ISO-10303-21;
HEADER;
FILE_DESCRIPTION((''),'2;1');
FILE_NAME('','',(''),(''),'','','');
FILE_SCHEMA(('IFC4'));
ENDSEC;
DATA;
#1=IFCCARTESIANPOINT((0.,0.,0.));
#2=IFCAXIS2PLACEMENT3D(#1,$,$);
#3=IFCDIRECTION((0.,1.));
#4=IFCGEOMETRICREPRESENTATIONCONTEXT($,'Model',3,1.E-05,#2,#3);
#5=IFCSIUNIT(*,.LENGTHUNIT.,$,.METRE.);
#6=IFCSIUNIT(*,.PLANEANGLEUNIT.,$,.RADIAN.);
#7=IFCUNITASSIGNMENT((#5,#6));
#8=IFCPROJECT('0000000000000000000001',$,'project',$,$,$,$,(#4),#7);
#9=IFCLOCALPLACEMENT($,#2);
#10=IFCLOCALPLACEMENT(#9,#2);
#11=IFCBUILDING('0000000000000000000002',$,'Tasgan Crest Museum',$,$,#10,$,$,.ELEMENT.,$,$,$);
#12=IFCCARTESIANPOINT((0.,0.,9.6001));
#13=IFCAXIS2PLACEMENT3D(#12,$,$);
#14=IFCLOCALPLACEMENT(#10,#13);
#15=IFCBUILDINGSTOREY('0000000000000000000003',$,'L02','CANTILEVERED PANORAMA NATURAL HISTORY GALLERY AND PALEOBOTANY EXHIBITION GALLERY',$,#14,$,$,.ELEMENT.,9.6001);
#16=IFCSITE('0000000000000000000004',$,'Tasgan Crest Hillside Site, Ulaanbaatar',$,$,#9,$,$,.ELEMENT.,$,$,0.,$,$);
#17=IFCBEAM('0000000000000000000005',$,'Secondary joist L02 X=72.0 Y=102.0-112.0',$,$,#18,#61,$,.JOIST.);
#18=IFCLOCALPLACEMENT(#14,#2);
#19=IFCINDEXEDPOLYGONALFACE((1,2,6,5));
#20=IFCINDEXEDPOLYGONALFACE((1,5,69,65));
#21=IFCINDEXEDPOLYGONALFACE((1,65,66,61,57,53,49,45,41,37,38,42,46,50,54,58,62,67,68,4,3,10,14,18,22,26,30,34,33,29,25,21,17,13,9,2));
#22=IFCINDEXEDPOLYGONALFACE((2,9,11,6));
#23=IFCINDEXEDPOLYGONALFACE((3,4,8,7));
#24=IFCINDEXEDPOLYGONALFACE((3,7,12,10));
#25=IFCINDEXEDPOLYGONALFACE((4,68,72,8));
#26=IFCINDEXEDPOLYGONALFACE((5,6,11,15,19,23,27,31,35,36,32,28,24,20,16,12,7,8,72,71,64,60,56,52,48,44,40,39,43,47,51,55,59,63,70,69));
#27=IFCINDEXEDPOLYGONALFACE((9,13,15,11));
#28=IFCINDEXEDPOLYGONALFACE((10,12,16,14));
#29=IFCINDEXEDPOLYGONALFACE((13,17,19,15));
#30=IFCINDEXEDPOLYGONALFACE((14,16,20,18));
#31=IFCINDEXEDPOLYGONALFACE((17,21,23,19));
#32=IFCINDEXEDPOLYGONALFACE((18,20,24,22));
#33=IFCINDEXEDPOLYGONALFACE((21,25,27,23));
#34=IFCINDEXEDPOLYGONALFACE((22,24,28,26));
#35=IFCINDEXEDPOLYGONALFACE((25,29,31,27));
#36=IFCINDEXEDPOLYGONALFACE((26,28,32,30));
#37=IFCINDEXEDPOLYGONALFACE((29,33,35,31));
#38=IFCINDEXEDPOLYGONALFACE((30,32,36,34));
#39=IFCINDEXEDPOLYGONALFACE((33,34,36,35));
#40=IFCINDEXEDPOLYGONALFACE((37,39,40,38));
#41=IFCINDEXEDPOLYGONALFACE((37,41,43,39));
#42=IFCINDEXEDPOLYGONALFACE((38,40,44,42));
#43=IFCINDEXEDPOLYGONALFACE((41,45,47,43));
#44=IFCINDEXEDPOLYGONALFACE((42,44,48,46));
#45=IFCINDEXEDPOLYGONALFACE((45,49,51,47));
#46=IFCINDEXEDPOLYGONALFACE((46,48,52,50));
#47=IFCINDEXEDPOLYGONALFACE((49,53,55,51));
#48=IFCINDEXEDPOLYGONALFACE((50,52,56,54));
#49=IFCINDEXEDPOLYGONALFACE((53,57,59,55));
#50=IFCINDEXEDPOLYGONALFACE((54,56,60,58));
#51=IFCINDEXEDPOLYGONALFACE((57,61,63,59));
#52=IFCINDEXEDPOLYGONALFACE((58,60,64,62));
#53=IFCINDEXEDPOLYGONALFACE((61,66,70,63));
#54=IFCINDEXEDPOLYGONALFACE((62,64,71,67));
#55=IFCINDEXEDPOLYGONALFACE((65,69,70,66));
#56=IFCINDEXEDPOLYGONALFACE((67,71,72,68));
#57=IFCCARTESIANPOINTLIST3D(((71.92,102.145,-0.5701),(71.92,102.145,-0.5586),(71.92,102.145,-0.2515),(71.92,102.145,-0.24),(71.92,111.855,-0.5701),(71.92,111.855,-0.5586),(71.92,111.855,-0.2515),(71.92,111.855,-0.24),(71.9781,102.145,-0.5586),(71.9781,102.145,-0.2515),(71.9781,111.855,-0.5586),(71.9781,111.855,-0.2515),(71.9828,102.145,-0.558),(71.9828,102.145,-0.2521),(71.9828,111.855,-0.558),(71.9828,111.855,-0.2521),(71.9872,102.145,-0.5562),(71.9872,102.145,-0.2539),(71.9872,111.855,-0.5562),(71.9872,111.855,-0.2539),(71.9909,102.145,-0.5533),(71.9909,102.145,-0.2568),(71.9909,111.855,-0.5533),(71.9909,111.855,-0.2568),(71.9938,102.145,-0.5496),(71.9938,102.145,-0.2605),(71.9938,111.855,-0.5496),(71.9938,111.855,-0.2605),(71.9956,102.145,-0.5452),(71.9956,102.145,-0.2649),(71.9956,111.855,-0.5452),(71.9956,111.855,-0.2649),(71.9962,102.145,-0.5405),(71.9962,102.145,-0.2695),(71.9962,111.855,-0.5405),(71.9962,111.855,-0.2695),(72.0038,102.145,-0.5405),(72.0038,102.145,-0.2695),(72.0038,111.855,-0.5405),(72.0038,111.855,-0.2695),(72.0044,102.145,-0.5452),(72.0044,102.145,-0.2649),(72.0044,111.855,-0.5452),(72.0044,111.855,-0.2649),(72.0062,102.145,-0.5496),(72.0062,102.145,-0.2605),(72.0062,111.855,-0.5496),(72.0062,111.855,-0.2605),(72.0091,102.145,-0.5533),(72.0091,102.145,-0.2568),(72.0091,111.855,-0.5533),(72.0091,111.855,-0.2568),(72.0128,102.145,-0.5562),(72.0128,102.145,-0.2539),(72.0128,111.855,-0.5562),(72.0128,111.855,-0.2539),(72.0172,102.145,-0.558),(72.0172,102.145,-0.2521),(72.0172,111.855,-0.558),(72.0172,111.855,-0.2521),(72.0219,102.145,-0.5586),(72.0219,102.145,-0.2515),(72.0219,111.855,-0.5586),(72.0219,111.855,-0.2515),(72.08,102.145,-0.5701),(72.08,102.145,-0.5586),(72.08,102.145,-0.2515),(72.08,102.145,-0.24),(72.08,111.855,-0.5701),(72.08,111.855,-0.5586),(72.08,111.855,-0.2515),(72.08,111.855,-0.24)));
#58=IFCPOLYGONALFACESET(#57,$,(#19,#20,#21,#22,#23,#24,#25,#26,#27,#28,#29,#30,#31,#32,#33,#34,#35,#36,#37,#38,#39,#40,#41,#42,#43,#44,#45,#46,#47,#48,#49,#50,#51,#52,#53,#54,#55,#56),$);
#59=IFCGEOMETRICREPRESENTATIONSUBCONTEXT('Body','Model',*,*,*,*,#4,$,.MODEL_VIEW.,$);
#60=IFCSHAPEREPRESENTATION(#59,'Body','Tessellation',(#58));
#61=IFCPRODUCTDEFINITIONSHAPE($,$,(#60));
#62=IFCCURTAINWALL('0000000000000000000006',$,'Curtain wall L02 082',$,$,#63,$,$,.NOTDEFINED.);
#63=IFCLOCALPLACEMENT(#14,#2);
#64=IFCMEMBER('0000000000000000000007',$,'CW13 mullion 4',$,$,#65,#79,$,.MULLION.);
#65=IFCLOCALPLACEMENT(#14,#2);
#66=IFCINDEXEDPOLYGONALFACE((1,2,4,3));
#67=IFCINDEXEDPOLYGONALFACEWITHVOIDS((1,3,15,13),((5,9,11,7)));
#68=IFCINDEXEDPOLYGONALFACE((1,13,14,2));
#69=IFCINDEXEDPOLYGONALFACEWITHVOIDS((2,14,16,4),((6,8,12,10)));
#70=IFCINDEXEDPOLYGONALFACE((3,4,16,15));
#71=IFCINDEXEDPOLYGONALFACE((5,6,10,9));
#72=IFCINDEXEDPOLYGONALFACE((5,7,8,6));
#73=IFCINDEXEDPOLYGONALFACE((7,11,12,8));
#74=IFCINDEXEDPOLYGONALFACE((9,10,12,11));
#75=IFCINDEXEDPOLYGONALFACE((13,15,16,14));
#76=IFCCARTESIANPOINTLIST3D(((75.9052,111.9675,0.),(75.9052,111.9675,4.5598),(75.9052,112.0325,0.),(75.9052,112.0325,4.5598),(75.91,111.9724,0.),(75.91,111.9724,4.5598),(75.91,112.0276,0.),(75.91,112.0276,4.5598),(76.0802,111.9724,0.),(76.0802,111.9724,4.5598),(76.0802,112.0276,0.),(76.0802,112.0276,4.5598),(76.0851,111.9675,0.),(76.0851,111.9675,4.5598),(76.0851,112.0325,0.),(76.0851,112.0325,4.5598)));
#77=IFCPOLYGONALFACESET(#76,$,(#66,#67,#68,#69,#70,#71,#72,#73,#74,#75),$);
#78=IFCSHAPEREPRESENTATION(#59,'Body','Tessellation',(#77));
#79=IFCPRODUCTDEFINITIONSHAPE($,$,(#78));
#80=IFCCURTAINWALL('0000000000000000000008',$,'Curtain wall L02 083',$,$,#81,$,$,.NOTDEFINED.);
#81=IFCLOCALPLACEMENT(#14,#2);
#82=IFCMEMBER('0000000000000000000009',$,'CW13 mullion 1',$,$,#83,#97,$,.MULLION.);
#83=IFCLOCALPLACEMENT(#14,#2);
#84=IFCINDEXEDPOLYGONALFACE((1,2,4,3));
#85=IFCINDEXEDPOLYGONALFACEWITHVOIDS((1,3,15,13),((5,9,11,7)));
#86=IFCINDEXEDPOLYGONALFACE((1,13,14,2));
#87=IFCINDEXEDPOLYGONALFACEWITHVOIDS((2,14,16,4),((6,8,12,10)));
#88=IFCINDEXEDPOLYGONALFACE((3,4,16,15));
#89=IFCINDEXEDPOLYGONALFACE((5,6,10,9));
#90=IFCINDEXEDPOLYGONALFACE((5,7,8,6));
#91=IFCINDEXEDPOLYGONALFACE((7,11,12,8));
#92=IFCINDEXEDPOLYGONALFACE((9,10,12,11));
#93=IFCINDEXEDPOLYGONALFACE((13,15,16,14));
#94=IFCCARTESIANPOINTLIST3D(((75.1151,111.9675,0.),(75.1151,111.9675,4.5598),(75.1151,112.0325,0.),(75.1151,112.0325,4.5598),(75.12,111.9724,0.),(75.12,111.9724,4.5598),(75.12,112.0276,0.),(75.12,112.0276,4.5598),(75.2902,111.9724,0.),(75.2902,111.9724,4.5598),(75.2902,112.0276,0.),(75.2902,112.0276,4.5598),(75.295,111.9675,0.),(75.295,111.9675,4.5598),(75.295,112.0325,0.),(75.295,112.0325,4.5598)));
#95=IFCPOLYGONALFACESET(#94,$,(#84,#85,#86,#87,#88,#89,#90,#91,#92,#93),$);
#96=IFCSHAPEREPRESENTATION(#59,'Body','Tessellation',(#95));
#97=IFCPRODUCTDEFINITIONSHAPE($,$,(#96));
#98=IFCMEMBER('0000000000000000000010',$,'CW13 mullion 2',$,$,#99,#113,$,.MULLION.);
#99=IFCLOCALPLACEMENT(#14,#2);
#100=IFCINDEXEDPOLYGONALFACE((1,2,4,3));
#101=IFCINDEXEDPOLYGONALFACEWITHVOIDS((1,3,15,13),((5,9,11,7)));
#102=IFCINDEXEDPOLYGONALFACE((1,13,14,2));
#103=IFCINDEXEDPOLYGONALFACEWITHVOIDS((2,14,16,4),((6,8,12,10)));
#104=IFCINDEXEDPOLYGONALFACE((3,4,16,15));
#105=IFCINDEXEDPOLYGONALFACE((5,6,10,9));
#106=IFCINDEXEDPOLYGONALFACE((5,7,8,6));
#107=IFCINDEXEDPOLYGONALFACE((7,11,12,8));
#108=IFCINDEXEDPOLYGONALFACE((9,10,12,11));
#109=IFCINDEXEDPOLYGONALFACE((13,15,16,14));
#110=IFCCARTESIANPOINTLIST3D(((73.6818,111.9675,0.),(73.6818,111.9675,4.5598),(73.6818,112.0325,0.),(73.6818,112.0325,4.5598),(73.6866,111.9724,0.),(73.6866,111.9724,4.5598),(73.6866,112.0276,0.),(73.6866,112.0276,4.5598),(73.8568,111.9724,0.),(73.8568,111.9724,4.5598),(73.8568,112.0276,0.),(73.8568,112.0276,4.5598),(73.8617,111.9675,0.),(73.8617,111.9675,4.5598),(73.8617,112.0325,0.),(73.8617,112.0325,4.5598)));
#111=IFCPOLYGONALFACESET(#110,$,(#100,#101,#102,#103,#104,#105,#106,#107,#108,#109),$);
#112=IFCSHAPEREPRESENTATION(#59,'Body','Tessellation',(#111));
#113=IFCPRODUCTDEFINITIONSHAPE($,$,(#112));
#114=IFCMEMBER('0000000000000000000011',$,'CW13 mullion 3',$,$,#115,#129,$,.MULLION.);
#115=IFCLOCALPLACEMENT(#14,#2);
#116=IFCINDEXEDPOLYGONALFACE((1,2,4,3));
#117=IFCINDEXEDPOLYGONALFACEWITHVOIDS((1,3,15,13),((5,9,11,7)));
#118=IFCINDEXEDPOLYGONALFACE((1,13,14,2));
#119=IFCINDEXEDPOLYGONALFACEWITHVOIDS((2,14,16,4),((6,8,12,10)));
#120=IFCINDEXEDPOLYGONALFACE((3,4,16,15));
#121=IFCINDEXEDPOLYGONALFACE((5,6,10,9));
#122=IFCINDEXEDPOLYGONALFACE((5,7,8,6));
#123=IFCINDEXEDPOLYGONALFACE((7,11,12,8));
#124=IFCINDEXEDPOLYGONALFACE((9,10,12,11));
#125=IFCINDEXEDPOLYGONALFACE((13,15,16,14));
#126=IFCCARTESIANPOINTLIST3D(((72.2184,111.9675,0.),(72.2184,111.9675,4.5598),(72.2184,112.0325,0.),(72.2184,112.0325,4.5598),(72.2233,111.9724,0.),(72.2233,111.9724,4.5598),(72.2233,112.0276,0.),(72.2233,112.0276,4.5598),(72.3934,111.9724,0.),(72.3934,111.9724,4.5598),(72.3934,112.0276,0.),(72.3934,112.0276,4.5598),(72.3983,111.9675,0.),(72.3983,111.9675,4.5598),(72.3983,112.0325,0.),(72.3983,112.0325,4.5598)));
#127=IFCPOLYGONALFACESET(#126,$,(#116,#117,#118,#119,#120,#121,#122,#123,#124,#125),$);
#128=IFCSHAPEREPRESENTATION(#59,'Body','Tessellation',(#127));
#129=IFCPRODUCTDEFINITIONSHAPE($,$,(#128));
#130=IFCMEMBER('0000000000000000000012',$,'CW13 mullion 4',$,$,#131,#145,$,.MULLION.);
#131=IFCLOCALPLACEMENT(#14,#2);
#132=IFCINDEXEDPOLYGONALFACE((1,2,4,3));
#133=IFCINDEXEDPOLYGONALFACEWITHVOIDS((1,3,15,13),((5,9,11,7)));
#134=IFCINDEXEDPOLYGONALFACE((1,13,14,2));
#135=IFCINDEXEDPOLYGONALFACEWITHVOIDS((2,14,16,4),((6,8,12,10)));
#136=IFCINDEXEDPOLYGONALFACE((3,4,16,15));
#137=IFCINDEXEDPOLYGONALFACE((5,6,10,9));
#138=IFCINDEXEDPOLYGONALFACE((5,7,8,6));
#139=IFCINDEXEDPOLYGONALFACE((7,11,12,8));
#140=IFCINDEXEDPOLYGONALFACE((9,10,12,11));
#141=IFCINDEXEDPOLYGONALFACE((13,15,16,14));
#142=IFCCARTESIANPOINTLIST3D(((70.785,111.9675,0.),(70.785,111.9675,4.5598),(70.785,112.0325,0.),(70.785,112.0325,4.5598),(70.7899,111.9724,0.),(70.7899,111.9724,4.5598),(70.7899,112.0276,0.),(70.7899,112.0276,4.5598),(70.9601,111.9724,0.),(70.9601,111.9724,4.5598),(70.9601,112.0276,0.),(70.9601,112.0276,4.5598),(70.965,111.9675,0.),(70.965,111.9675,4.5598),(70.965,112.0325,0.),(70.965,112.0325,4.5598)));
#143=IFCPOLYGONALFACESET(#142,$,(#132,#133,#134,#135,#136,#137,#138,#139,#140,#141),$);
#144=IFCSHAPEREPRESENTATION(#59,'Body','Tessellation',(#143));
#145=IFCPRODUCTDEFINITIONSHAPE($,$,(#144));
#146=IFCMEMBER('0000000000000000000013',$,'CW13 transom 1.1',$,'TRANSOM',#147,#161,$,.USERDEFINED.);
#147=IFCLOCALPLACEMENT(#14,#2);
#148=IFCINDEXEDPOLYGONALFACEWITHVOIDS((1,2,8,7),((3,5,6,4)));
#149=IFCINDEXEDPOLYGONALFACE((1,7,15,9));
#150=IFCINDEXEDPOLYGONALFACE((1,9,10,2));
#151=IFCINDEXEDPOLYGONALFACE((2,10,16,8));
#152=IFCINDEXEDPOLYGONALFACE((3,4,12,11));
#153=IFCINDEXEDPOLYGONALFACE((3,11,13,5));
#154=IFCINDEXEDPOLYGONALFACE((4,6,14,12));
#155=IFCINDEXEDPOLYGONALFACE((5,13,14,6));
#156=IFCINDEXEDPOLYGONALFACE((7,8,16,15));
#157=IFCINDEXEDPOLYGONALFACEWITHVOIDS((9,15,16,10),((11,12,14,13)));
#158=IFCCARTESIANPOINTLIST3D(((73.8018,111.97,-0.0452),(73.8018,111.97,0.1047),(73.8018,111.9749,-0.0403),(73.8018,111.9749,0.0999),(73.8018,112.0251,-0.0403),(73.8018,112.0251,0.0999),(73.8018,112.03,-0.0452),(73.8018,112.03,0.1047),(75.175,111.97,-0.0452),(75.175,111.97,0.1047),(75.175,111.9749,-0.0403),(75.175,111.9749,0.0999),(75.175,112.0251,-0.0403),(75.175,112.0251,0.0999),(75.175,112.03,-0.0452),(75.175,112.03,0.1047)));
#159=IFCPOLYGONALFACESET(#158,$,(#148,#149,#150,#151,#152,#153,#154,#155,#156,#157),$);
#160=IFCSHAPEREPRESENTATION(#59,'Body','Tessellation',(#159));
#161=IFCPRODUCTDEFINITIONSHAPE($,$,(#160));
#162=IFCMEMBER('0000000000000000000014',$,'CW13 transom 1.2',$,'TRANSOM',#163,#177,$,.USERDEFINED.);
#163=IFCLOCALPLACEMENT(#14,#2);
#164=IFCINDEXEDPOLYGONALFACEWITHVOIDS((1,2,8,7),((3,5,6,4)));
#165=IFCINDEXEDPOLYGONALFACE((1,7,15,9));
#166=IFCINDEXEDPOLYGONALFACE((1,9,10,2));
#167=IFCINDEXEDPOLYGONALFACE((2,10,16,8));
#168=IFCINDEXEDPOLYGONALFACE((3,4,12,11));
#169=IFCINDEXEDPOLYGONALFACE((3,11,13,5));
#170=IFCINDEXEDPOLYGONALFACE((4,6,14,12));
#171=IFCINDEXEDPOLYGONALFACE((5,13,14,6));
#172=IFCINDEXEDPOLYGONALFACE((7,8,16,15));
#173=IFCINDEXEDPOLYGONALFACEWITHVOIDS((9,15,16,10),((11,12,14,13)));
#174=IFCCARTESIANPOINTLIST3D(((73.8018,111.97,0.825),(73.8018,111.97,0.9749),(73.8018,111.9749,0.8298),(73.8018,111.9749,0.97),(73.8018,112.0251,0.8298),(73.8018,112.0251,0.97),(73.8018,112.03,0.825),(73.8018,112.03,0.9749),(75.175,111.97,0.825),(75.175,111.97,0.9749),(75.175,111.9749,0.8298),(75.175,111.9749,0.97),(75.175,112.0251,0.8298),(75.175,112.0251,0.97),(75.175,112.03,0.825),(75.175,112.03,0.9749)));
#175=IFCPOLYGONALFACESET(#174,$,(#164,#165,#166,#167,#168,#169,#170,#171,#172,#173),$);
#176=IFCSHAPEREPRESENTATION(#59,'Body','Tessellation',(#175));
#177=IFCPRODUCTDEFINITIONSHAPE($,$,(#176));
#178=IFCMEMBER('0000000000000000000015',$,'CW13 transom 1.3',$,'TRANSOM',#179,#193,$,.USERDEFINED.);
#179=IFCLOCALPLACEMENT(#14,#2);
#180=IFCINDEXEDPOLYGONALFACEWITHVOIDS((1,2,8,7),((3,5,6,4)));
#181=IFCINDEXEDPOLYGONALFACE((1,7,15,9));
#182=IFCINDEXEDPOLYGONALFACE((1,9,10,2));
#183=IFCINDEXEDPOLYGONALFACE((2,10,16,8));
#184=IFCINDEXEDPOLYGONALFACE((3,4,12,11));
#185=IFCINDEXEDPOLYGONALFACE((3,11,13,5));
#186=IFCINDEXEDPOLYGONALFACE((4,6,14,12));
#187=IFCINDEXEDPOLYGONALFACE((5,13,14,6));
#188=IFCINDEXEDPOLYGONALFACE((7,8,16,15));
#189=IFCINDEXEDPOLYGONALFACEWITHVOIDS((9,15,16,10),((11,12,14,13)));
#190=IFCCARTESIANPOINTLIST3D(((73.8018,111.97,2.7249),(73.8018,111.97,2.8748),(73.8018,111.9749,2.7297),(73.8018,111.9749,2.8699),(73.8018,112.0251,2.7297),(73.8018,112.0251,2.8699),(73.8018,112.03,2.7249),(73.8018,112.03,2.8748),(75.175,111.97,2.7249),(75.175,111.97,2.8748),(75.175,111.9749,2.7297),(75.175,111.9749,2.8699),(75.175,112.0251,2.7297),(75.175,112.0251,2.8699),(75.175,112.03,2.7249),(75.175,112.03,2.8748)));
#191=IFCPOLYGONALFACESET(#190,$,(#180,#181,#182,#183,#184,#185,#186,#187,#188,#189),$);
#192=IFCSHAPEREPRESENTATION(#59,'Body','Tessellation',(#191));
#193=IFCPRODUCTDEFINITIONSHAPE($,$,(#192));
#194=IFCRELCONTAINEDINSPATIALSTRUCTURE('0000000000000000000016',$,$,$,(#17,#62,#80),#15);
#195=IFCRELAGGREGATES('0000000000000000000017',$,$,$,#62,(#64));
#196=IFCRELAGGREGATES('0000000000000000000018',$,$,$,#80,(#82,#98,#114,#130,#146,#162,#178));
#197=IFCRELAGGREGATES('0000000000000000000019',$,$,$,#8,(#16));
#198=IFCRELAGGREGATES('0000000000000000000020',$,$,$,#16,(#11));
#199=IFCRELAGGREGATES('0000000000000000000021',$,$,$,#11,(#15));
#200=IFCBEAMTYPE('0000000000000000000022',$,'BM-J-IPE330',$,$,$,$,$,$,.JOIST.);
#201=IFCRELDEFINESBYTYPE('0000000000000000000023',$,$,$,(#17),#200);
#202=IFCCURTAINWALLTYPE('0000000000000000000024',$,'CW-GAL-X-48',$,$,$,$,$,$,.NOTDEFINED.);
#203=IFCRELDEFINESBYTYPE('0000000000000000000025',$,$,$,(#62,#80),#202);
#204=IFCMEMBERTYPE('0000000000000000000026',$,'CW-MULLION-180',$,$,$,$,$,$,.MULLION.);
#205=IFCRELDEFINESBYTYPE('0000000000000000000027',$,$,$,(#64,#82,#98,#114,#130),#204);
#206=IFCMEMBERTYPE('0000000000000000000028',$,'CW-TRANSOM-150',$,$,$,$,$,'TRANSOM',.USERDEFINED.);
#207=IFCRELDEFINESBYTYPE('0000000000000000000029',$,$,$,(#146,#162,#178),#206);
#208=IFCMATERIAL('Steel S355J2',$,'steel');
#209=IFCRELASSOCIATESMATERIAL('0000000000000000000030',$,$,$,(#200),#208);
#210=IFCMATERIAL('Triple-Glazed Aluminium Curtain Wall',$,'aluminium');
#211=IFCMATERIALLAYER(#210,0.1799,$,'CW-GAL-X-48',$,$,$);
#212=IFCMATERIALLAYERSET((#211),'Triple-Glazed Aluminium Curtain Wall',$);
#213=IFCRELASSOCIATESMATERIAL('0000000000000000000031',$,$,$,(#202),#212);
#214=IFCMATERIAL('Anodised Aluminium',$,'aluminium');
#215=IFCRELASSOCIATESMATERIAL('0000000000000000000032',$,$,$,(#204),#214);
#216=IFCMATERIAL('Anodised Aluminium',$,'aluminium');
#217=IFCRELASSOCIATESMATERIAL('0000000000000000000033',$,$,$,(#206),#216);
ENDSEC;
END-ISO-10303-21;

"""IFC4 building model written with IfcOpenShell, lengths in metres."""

from ifc_helpers import new_model, si_unit, direction, frame, origin, origin_2d, place, context, subcontext, project, spatial, hollow_rectangle, i_section, extrude, material, layer, layer_set, material_profile, profile_set, type_object, element, aggregate, save


model = new_model("IFC4")

# Units and contexts
model_context = context("Model", 3, precision=1e-05, world=origin(), true_north=direction((0.0, 1.0)))
body_context = subcontext(model_context, "Body", "Model", "MODEL_VIEW")
ifc_project = project(units=[si_unit("LENGTHUNIT", "METRE"), si_unit("PLANEANGLEUNIT", "RADIAN")], contexts=[model_context])

# Site, building, storey
site_placement = place(None, origin())
site = spatial("IfcSite", under=ifc_project, at=site_placement, Name="Tasgan Crest Hillside Site, Ulaanbaatar", CompositionType="ELEMENT", RefElevation=0.0)
building_placement = place(site_placement, origin())
building = spatial("IfcBuilding", under=site, at=building_placement, Name="Tasgan Crest Museum", CompositionType="ELEMENT")
storey_placement = place(building_placement, frame((0.0, 0.0, 9.6001)))
storey = spatial("IfcBuildingStorey", under=building, at=storey_placement, Name="L02", Description="CANTILEVERED PANORAMA NATURAL HISTORY GALLERY AND PALEOBOTANY EXHIBITION GALLERY", CompositionType="ELEMENT", Elevation=9.6001)

# Beam
ifc_material_1 = material(Name="Steel S355J2", Category="steel")
ifc_material_profile_1 = material_profile(ifc_material_1, i_section(OverallWidth=0.1599, OverallDepth=0.3301, WebThickness=0.0076, FlangeThickness=0.0115, FilletRadius=0.0181, at=origin_2d()), Name="IPE 330")
ifc_profile_set_1 = profile_set([ifc_material_profile_1], Name="Steel S355J2")
beam_type_1 = type_object("IfcBeamType", Name="BM-J-IPE330", PredefinedType="JOIST", material=ifc_profile_set_1)
beam_1_placement = place(storey_placement, frame((72.0, 102.145, -0.405), z_axis=(0.0, 1.0, 0.0), x_axis=(-1.0, 0.0, 0.0)))
element("IfcBeam", 1, at=beam_1_placement, inside=storey, type_object=beam_type_1, Name="Secondary joist L02 X=72.0 Y=102.0-112.0", PredefinedType="JOIST", context=body_context, shape_type="SweptSolid", body=[
    extrude(i_section(OverallWidth=0.1599, OverallDepth=0.3301, WebThickness=0.0076, FlangeThickness=0.0115, FilletRadius=0.0181, at=origin_2d()), origin(), (0.0, 0.0, 1.0), 9.71),
])

# Curtain wall, member
ifc_material_2 = material(Name="Triple-Glazed Aluminium Curtain Wall", Category="aluminium")
ifc_layer_1 = layer(ifc_material_2, 0.1799, Name="CW-GAL-X-48")
ifc_layer_set_1 = layer_set([ifc_layer_1], Name="Triple-Glazed Aluminium Curtain Wall")
curtain_wall_type = type_object("IfcCurtainWallType", Name="CW-GAL-X-48", PredefinedType="NOTDEFINED", material=ifc_layer_set_1)
curtain_wall_1_placement = place(storey_placement, origin())
curtain_wall_1 = element("IfcCurtainWall", 2, at=curtain_wall_1_placement, inside=storey, type_object=curtain_wall_type, Name="Curtain wall L02 082", PredefinedType="NOTDEFINED")
ifc_material_3 = material(Name="Anodised Aluminium", Category="aluminium")
ifc_material_profile_2 = material_profile(ifc_material_3, hollow_rectangle(XDim=0.0649, YDim=0.1799, WallThickness=0.0049, at=origin_2d()), Name="ALU MULLION 180x65x5")
ifc_profile_set_2 = profile_set([ifc_material_profile_2], Name="Anodised Aluminium")
member_type_1 = type_object("IfcMemberType", Name="CW-MULLION-180", PredefinedType="MULLION", material=ifc_profile_set_2)
member_1_placement = place(storey_placement, frame((75.9951, 112.0, 0.0), z_axis=(0.0, 0.0, 1.0), x_axis=(0.0, -1.0, 0.0)))
member_1 = element("IfcMember", 3, at=member_1_placement, type_object=member_type_1, Name="CW13 mullion 4", PredefinedType="MULLION", context=body_context, shape_type="SweptSolid", body=[
    extrude(hollow_rectangle(XDim=0.0649, YDim=0.1799, WallThickness=0.0049, at=origin_2d()), origin(), (0.0, 0.0, 1.0), 4.5598),
])

# Curtain wall, members
curtain_wall_2_placement = place(storey_placement, origin())
curtain_wall_2 = element("IfcCurtainWall", 4, at=curtain_wall_2_placement, inside=storey, type_object=curtain_wall_type, Name="Curtain wall L02 083", PredefinedType="NOTDEFINED")
member_2_placement = place(storey_placement, frame((75.2051, 112.0, 0.0), z_axis=(0.0, 0.0, 1.0), x_axis=(0.0, -1.0, 0.0)))
member_2 = element("IfcMember", 5, at=member_2_placement, type_object=member_type_1, Name="CW13 mullion 1", PredefinedType="MULLION", context=body_context, shape_type="SweptSolid", body=[
    extrude(hollow_rectangle(XDim=0.0649, YDim=0.1799, WallThickness=0.0049, at=origin_2d()), origin(), (0.0, 0.0, 1.0), 4.5598),
])
member_3_placement = place(storey_placement, frame((73.7717, 112.0, 0.0), z_axis=(0.0, 0.0, 1.0), x_axis=(0.0, -1.0, 0.0)))
member_3 = element("IfcMember", 6, at=member_3_placement, type_object=member_type_1, Name="CW13 mullion 2", PredefinedType="MULLION", context=body_context, shape_type="SweptSolid", body=[
    extrude(hollow_rectangle(XDim=0.0649, YDim=0.1799, WallThickness=0.0049, at=origin_2d()), origin(), (0.0, 0.0, 1.0), 4.5598),
])
member_4_placement = place(storey_placement, frame((72.3083, 112.0, 0.0), z_axis=(0.0, 0.0, 1.0), x_axis=(0.0, -1.0, 0.0)))
member_4 = element("IfcMember", 7, at=member_4_placement, type_object=member_type_1, Name="CW13 mullion 3", PredefinedType="MULLION", context=body_context, shape_type="SweptSolid", body=[
    extrude(hollow_rectangle(XDim=0.0649, YDim=0.1799, WallThickness=0.0049, at=origin_2d()), origin(), (0.0, 0.0, 1.0), 4.5598),
])
member_5_placement = place(storey_placement, frame((70.875, 112.0, 0.0), z_axis=(0.0, 0.0, 1.0), x_axis=(0.0, -1.0, 0.0)))
member_5 = element("IfcMember", 8, at=member_5_placement, type_object=member_type_1, Name="CW13 mullion 4", PredefinedType="MULLION", context=body_context, shape_type="SweptSolid", body=[
    extrude(hollow_rectangle(XDim=0.0649, YDim=0.1799, WallThickness=0.0049, at=origin_2d()), origin(), (0.0, 0.0, 1.0), 4.5598),
])
ifc_material_4 = material(Name="Anodised Aluminium", Category="aluminium")
ifc_material_profile_3 = material_profile(ifc_material_4, hollow_rectangle(XDim=0.0601, YDim=0.1499, WallThickness=0.0049, at=origin_2d()), Name="ALU TRANSOM 150x60x5")
ifc_profile_set_3 = profile_set([ifc_material_profile_3], Name="Anodised Aluminium")
member_type_2 = type_object("IfcMemberType", Name="CW-TRANSOM-150", ElementType="TRANSOM", PredefinedType="USERDEFINED", material=ifc_profile_set_3)
member_6_placement = place(storey_placement, frame((75.175, 112.0, 0.0298), z_axis=(-1.0, 0.0, 0.0), x_axis=(0.0, -1.0, 0.0)))
member_6 = element("IfcMember", 9, at=member_6_placement, type_object=member_type_2, Name="CW13 transom 1.1", ObjectType="TRANSOM", PredefinedType="USERDEFINED", context=body_context, shape_type="SweptSolid", body=[
    extrude(hollow_rectangle(XDim=0.0601, YDim=0.1499, WallThickness=0.0049, at=origin_2d()), origin(), (0.0, 0.0, 1.0), 1.3733),
])
member_7_placement = place(storey_placement, frame((75.175, 112.0, 0.8999), z_axis=(-1.0, 0.0, 0.0), x_axis=(0.0, -1.0, 0.0)))
member_7 = element("IfcMember", 10, at=member_7_placement, type_object=member_type_2, Name="CW13 transom 1.2", ObjectType="TRANSOM", PredefinedType="USERDEFINED", context=body_context, shape_type="SweptSolid", body=[
    extrude(hollow_rectangle(XDim=0.0601, YDim=0.1499, WallThickness=0.0049, at=origin_2d()), origin(), (0.0, 0.0, 1.0), 1.3733),
])
member_8_placement = place(storey_placement, frame((75.175, 112.0, 2.7998), z_axis=(-1.0, 0.0, 0.0), x_axis=(0.0, -1.0, 0.0)))
member_8 = element("IfcMember", 11, at=member_8_placement, type_object=member_type_2, Name="CW13 transom 1.3", ObjectType="TRANSOM", PredefinedType="USERDEFINED", context=body_context, shape_type="SweptSolid", body=[
    extrude(hollow_rectangle(XDim=0.0601, YDim=0.1499, WallThickness=0.0049, at=origin_2d()), origin(), (0.0, 0.0, 1.0), 1.3733),
])

aggregate(curtain_wall_1, [member_1])
aggregate(curtain_wall_2, [member_2, member_3, member_4, member_5, member_6, member_7, member_8])

save(model, "model.ifc")
